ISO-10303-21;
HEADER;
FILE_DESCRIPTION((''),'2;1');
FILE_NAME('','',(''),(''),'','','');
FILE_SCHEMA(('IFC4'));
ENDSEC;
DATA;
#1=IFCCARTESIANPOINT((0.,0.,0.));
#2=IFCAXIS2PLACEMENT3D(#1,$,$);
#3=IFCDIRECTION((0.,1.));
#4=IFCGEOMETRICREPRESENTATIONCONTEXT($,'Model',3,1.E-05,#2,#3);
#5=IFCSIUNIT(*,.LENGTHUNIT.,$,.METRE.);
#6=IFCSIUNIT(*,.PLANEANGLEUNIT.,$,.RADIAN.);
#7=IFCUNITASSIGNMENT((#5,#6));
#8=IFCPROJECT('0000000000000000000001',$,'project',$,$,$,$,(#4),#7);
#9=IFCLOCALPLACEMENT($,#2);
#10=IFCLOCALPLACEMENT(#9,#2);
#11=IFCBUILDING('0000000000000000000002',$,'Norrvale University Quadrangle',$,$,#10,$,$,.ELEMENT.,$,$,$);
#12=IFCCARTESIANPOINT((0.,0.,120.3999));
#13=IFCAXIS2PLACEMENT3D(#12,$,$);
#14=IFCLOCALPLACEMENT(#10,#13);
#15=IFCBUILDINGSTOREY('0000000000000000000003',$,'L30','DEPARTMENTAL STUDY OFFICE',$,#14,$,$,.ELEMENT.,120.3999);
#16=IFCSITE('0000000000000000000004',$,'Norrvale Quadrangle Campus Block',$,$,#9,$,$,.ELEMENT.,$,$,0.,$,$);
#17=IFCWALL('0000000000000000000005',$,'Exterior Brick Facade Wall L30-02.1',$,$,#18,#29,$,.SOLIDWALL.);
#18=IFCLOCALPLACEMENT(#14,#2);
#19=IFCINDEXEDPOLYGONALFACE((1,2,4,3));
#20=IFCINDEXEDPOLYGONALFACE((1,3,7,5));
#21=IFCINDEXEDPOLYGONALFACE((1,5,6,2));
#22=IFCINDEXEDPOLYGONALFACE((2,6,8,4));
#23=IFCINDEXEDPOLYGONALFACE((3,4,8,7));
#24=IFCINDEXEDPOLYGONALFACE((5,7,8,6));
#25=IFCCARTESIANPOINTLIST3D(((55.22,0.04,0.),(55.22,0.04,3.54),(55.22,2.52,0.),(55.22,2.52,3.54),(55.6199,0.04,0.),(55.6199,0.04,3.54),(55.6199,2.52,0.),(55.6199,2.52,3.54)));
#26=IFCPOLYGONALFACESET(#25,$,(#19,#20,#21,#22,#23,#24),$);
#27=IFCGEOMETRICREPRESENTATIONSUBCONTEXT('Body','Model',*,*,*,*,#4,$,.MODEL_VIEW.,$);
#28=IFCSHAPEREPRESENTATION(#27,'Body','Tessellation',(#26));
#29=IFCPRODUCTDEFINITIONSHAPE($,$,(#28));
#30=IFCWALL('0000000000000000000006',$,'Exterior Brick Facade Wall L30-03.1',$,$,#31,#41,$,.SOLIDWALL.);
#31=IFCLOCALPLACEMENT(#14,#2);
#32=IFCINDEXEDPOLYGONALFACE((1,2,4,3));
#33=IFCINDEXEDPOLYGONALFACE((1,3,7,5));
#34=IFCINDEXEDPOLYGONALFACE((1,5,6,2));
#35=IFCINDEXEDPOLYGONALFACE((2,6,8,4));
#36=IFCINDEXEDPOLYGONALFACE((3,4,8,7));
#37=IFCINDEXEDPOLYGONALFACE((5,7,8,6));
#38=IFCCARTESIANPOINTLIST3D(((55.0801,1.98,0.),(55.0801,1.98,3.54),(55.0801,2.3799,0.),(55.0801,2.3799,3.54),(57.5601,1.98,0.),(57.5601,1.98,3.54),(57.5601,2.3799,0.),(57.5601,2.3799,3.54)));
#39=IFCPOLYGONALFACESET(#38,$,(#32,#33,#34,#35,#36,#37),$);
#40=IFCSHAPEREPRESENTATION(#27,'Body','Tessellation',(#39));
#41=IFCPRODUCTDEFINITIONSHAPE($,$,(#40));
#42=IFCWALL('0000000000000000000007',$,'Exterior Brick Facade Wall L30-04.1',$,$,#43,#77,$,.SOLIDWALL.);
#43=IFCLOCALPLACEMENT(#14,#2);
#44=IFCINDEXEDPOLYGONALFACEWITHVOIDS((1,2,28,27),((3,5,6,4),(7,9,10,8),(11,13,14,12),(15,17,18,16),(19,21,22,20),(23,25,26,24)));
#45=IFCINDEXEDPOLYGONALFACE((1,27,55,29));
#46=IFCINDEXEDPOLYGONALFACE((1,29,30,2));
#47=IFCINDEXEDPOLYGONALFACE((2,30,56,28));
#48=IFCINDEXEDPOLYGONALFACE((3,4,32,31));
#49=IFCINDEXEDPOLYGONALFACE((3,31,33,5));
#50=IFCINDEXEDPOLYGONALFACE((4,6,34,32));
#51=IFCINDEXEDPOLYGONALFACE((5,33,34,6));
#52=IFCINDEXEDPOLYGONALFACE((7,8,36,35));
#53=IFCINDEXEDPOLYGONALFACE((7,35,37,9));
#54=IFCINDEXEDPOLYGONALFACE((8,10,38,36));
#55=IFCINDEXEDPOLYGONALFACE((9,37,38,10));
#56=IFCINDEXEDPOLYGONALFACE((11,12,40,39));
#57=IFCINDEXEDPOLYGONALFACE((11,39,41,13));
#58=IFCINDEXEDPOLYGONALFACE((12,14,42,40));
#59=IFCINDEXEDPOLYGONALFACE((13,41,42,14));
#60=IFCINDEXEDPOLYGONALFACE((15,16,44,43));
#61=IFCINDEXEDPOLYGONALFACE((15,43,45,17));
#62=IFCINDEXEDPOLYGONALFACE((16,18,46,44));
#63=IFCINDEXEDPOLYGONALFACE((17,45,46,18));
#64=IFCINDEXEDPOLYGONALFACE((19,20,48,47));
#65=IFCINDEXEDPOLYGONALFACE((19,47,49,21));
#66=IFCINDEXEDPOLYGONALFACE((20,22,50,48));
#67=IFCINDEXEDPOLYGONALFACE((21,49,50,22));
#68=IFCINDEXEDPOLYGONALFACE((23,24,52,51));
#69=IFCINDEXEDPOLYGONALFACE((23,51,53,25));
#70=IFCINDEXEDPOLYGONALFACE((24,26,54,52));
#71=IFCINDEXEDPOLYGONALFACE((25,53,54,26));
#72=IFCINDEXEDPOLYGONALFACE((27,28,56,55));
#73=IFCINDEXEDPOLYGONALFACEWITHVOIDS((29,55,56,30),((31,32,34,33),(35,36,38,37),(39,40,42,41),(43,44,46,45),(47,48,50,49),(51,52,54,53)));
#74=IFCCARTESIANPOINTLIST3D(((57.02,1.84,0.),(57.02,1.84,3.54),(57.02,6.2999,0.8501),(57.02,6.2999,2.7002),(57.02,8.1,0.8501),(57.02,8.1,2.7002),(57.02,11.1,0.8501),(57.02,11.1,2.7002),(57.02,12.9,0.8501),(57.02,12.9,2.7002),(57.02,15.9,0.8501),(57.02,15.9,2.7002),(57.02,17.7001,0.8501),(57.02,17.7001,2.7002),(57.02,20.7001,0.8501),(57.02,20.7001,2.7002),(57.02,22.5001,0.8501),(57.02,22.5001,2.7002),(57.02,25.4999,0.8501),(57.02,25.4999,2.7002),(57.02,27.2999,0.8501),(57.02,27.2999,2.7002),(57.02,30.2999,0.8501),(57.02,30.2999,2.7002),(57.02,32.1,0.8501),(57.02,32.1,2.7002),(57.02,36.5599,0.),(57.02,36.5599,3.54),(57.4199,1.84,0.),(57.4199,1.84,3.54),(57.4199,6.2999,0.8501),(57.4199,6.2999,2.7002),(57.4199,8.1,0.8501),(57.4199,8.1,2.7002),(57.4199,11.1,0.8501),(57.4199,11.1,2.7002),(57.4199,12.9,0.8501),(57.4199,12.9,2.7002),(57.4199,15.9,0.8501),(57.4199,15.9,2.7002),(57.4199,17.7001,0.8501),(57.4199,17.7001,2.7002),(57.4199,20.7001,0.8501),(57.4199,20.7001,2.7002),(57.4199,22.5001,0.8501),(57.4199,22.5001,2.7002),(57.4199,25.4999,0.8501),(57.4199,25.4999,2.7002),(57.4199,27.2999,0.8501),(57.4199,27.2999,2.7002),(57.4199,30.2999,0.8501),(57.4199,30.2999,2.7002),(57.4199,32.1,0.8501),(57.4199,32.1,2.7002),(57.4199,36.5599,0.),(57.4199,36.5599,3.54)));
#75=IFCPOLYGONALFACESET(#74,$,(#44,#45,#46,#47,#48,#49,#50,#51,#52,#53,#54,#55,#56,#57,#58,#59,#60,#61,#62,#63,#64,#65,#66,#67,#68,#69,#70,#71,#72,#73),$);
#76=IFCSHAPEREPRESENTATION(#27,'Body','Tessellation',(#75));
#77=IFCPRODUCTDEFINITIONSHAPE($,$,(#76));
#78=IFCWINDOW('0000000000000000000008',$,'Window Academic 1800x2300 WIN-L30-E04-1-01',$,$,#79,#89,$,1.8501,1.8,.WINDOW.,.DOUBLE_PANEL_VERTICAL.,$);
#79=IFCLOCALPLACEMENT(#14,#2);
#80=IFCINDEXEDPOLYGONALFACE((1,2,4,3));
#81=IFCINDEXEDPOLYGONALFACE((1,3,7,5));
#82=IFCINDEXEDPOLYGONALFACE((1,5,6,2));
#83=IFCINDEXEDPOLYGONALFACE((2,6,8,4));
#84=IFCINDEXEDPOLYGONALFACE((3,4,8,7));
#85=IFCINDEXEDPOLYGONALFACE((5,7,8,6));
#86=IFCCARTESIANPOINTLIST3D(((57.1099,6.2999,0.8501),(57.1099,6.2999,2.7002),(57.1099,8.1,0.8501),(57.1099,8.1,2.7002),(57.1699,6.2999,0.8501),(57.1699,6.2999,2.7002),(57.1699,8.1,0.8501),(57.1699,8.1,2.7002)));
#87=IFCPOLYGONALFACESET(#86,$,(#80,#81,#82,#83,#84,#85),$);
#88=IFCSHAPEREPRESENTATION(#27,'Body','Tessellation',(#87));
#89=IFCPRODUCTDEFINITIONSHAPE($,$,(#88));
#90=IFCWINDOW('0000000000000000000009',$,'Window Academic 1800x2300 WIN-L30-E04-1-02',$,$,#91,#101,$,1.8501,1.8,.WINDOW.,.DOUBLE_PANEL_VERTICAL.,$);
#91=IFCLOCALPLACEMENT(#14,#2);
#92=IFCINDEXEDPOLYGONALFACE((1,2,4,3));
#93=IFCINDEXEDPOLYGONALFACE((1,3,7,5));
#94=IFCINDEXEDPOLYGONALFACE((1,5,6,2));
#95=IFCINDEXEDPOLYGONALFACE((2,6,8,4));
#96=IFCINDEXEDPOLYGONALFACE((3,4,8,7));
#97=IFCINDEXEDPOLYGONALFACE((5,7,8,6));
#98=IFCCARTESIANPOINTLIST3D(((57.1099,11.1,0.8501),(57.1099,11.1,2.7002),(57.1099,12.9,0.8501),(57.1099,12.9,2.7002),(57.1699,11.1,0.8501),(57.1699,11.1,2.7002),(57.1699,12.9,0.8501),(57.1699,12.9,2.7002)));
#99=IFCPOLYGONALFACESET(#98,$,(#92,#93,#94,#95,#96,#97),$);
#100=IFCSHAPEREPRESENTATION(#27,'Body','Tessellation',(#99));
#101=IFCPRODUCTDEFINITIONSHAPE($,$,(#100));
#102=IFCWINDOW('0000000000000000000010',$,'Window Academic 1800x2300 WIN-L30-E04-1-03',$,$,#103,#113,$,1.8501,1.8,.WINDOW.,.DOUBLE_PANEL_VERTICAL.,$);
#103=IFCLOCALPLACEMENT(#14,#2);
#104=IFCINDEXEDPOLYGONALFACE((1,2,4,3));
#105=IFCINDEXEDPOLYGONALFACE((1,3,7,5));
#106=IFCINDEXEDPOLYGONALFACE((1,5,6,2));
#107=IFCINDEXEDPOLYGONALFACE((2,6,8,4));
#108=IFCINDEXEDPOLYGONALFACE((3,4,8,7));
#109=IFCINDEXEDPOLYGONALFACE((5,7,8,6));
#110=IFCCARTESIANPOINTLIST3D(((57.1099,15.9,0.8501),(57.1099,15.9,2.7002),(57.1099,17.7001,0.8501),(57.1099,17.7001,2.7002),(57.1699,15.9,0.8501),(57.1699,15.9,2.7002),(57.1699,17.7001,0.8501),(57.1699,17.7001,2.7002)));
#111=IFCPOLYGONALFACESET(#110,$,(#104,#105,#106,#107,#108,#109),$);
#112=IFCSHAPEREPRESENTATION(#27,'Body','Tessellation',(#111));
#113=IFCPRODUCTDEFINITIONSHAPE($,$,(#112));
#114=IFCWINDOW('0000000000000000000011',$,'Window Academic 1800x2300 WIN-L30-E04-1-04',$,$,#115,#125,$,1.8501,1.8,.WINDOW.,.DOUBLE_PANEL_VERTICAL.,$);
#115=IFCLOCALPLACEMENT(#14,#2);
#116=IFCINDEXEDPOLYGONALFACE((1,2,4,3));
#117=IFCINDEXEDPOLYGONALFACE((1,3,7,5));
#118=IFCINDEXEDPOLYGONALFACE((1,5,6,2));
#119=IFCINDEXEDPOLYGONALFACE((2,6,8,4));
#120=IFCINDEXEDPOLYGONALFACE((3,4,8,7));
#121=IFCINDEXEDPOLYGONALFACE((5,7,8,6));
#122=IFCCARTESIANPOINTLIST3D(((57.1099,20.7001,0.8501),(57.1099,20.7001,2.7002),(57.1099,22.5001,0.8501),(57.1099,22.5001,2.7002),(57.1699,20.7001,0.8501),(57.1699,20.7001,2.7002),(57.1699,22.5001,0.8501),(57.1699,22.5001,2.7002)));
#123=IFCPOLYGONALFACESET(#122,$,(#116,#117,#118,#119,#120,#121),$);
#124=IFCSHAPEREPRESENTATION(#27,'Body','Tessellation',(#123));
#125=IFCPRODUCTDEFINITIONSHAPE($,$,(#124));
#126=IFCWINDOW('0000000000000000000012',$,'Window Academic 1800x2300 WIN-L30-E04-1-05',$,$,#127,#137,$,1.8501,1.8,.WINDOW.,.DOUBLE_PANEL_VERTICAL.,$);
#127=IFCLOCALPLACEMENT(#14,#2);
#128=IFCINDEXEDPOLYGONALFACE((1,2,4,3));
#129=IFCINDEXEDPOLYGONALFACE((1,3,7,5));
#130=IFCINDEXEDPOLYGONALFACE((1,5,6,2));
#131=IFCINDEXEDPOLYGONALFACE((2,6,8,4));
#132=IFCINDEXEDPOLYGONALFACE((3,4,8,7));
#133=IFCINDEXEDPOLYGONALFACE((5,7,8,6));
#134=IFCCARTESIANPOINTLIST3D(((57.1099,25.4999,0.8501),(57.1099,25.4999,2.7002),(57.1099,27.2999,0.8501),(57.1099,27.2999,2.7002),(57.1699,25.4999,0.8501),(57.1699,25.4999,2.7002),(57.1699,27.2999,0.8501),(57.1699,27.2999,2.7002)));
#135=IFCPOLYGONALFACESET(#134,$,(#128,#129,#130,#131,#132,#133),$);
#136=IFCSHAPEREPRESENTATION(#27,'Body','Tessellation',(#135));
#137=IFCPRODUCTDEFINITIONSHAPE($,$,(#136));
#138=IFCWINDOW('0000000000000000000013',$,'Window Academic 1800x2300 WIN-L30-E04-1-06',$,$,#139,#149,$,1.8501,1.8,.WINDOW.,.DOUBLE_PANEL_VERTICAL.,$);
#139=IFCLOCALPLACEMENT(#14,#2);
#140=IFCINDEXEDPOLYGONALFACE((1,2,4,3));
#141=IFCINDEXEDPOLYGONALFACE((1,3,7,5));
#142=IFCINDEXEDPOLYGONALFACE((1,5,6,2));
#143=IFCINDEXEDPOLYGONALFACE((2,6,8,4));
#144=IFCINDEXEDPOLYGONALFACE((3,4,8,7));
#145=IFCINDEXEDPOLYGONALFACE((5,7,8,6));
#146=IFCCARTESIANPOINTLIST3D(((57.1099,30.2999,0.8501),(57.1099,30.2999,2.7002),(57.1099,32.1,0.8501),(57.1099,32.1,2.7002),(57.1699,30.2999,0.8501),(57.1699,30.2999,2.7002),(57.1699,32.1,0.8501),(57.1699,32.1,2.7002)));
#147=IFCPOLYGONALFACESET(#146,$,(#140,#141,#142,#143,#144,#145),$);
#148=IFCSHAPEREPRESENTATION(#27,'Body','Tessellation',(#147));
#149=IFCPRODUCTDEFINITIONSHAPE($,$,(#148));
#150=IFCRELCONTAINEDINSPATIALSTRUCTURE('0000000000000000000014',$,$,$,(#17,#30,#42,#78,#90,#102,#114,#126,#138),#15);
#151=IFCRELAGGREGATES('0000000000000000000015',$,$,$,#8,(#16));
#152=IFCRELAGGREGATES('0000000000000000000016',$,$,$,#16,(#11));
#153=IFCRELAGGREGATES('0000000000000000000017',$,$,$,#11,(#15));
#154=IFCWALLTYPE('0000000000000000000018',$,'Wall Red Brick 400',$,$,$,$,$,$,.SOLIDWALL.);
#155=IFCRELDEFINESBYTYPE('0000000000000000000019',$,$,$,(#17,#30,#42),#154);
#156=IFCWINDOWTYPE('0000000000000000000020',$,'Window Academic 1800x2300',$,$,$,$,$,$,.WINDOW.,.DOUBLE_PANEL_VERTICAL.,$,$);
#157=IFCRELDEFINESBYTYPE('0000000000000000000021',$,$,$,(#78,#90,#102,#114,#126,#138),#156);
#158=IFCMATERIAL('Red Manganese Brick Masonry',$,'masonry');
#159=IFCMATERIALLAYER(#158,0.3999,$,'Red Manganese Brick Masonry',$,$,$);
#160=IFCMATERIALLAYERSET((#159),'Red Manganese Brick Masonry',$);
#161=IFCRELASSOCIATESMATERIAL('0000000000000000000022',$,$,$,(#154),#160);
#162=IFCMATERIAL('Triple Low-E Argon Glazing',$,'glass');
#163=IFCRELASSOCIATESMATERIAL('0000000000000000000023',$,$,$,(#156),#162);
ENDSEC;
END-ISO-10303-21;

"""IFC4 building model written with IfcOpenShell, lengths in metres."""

from ifc_helpers import new_model, si_unit, direction, frame, frame_2d, origin, place, context, subcontext, project, spatial, rectangle, extrude, material, layer, layer_set, type_object, element, fill, save


model = new_model("IFC4")

# Units and contexts
model_context = context("Model", 3, precision=1e-05, world=origin(), true_north=direction((0.0, 1.0)))
body_context = subcontext(model_context, "Body", "Model", "MODEL_VIEW")
ifc_project = project(units=[si_unit("LENGTHUNIT", "METRE"), si_unit("PLANEANGLEUNIT", "RADIAN")], contexts=[model_context])

# Site, building, storey
site_placement = place(None, origin())
site = spatial("IfcSite", under=ifc_project, at=site_placement, Name="Norrvale Quadrangle Campus Block", CompositionType="ELEMENT", RefElevation=0.0)
building_placement = place(site_placement, origin())
building = spatial("IfcBuilding", under=site, at=building_placement, Name="Norrvale University Quadrangle", CompositionType="ELEMENT")
storey_placement = place(building_placement, frame((0.0, 0.0, 120.3999)))
storey = spatial("IfcBuildingStorey", under=building, at=storey_placement, Name="L30", Description="DEPARTMENTAL STUDY OFFICE", CompositionType="ELEMENT", Elevation=120.3999)

# Walls
ifc_material_1 = material(Name="Red Manganese Brick Masonry", Category="masonry")
ifc_layer_1 = layer(ifc_material_1, 0.3999, Name="Red Manganese Brick Masonry")
ifc_layer_set_1 = layer_set([ifc_layer_1], Name="Red Manganese Brick Masonry")
wall_type_1 = type_object("IfcWallType", Name="Wall Red Brick 400", PredefinedType="SOLIDWALL", material=ifc_layer_set_1)
for number, where, z_axis, x_axis, name in (
    (1, (55.4199, 0.04, 0.0), (0.0, 0.0, 1.0), (0.0, 1.0, 0.0), "Exterior Brick Facade Wall L30-02.1"),
    (2, (55.0801, 2.1799, 0.0), (0.0, 0.0, 1.0), (1.0, 0.0, 0.0), "Exterior Brick Facade Wall L30-03.1"),
):
    element("IfcWall", number, at=place(storey_placement, frame(where, z_axis=z_axis, x_axis=x_axis)), inside=storey, type_object=wall_type_1, Name=name, PredefinedType="SOLIDWALL", context=body_context, shape_type="SweptSolid", body=[
        extrude(rectangle(XDim=2.48, YDim=0.3999, at=frame_2d((1.24, 0.0))), origin(), (0.0, 0.0, 1.0), 3.54),
    ])

# Wall, openings, windows
wall_1_placement = place(storey_placement, frame((57.22, 1.8401, 0.0), z_axis=(0.0, 0.0, 1.0), x_axis=(0.0, 1.0, 0.0)))
wall_1 = element("IfcWall", 3, at=wall_1_placement, inside=storey, type_object=wall_type_1, Name="Exterior Brick Facade Wall L30-04.1", PredefinedType="SOLIDWALL", context=body_context, shape_type="SweptSolid", body=[
    extrude(rectangle(XDim=34.72, YDim=0.3999, at=frame_2d((17.3599, 0.0))), origin(), (0.0, 0.0, 1.0), 3.54),
])
opening_1_placement = place(wall_1_placement, frame((4.46, 0.0, 0.8501)))
opening_1 = element("IfcOpeningElement", 4, at=opening_1_placement, cuts=wall_1, PredefinedType="OPENING", context=body_context, shape_type="SweptSolid", body=[
    extrude(rectangle(XDim=1.8, YDim=1.8501, at=frame_2d((0.8999, 0.925))), frame((0.0, 0.2119, 0.0), z_axis=(0.0, -1.0, 0.0), x_axis=(1.0, 0.0, 0.0)), (0.0, 0.0, 1.0), 0.4238),
])
opening_2_placement = place(wall_1_placement, frame((9.26, 0.0, 0.8501)))
opening_2 = element("IfcOpeningElement", 5, at=opening_2_placement, cuts=wall_1, PredefinedType="OPENING", context=body_context, shape_type="SweptSolid", body=[
    extrude(rectangle(XDim=1.8, YDim=1.8501, at=frame_2d((0.8999, 0.925))), frame((0.0, 0.2119, 0.0), z_axis=(0.0, -1.0, 0.0), x_axis=(1.0, 0.0, 0.0)), (0.0, 0.0, 1.0), 0.4238),
])
opening_3_placement = place(wall_1_placement, frame((14.0601, 0.0, 0.8501)))
opening_3 = element("IfcOpeningElement", 6, at=opening_3_placement, cuts=wall_1, PredefinedType="OPENING", context=body_context, shape_type="SweptSolid", body=[
    extrude(rectangle(XDim=1.8, YDim=1.8501, at=frame_2d((0.8999, 0.925))), frame((0.0, 0.2119, 0.0), z_axis=(0.0, -1.0, 0.0), x_axis=(1.0, 0.0, 0.0)), (0.0, 0.0, 1.0), 0.4238),
])
opening_4_placement = place(wall_1_placement, frame((18.8601, 0.0, 0.8501)))
opening_4 = element("IfcOpeningElement", 7, at=opening_4_placement, cuts=wall_1, PredefinedType="OPENING", context=body_context, shape_type="SweptSolid", body=[
    extrude(rectangle(XDim=1.8, YDim=1.8501, at=frame_2d((0.8999, 0.925))), frame((0.0, 0.2119, 0.0), z_axis=(0.0, -1.0, 0.0), x_axis=(1.0, 0.0, 0.0)), (0.0, 0.0, 1.0), 0.4238),
])
opening_5_placement = place(wall_1_placement, frame((23.6599, 0.0, 0.8501)))
opening_5 = element("IfcOpeningElement", 8, at=opening_5_placement, cuts=wall_1, PredefinedType="OPENING", context=body_context, shape_type="SweptSolid", body=[
    extrude(rectangle(XDim=1.8, YDim=1.8501, at=frame_2d((0.8999, 0.925))), frame((0.0, 0.2119, 0.0), z_axis=(0.0, -1.0, 0.0), x_axis=(1.0, 0.0, 0.0)), (0.0, 0.0, 1.0), 0.4238),
])
opening_6_placement = place(wall_1_placement, frame((28.46, 0.0, 0.8501)))
opening_6 = element("IfcOpeningElement", 9, at=opening_6_placement, cuts=wall_1, PredefinedType="OPENING", context=body_context, shape_type="SweptSolid", body=[
    extrude(rectangle(XDim=1.8, YDim=1.8501, at=frame_2d((0.8999, 0.925))), frame((0.0, 0.2119, 0.0), z_axis=(0.0, -1.0, 0.0), x_axis=(1.0, 0.0, 0.0)), (0.0, 0.0, 1.0), 0.4238),
])
ifc_material_2 = material(Name="Triple Low-E Argon Glazing", Category="glass")
window_type = type_object("IfcWindowType", Name="Window Academic 1800x2300", PartitioningType="DOUBLE_PANEL_VERTICAL", PredefinedType="WINDOW", material=ifc_material_2)
window_1_placement = place(opening_1_placement, origin())
window_1 = element("IfcWindow", 10, at=window_1_placement, inside=storey, type_object=window_type, Name="Window Academic 1800x2300 WIN-L30-E04-1-01", OverallHeight=1.8501, OverallWidth=1.8, PartitioningType="DOUBLE_PANEL_VERTICAL", PredefinedType="WINDOW", context=body_context, shape_type="SweptSolid", body=[
    extrude(rectangle(XDim=1.8, YDim=1.8501, at=frame_2d((0.8999, 0.925))), frame((0.0, 0.1101, 0.0), z_axis=(0.0, -1.0, 0.0), x_axis=(1.0, 0.0, 0.0)), (0.0, 0.0, 1.0), 0.0601),
])
fill(opening_1, window_1)
window_2_placement = place(opening_2_placement, origin())
window_2 = element("IfcWindow", 11, at=window_2_placement, inside=storey, type_object=window_type, Name="Window Academic 1800x2300 WIN-L30-E04-1-02", OverallHeight=1.8501, OverallWidth=1.8, PartitioningType="DOUBLE_PANEL_VERTICAL", PredefinedType="WINDOW", context=body_context, shape_type="SweptSolid", body=[
    extrude(rectangle(XDim=1.8, YDim=1.8501, at=frame_2d((0.8999, 0.925))), frame((0.0, 0.1101, 0.0), z_axis=(0.0, -1.0, 0.0), x_axis=(1.0, 0.0, 0.0)), (0.0, 0.0, 1.0), 0.0601),
])
fill(opening_2, window_2)
window_3_placement = place(opening_3_placement, origin())
window_3 = element("IfcWindow", 12, at=window_3_placement, inside=storey, type_object=window_type, Name="Window Academic 1800x2300 WIN-L30-E04-1-03", OverallHeight=1.8501, OverallWidth=1.8, PartitioningType="DOUBLE_PANEL_VERTICAL", PredefinedType="WINDOW", context=body_context, shape_type="SweptSolid", body=[
    extrude(rectangle(XDim=1.8, YDim=1.8501, at=frame_2d((0.8999, 0.925))), frame((0.0, 0.1101, 0.0), z_axis=(0.0, -1.0, 0.0), x_axis=(1.0, 0.0, 0.0)), (0.0, 0.0, 1.0), 0.0601),
])
fill(opening_3, window_3)
window_4_placement = place(opening_4_placement, origin())
window_4 = element("IfcWindow", 13, at=window_4_placement, inside=storey, type_object=window_type, Name="Window Academic 1800x2300 WIN-L30-E04-1-04", OverallHeight=1.8501, OverallWidth=1.8, PartitioningType="DOUBLE_PANEL_VERTICAL", PredefinedType="WINDOW", context=body_context, shape_type="SweptSolid", body=[
    extrude(rectangle(XDim=1.8, YDim=1.8501, at=frame_2d((0.8999, 0.925))), frame((0.0, 0.1101, 0.0), z_axis=(0.0, -1.0, 0.0), x_axis=(1.0, 0.0, 0.0)), (0.0, 0.0, 1.0), 0.0601),
])
fill(opening_4, window_4)
window_5_placement = place(opening_5_placement, origin())
window_5 = element("IfcWindow", 14, at=window_5_placement, inside=storey, type_object=window_type, Name="Window Academic 1800x2300 WIN-L30-E04-1-05", OverallHeight=1.8501, OverallWidth=1.8, PartitioningType="DOUBLE_PANEL_VERTICAL", PredefinedType="WINDOW", context=body_context, shape_type="SweptSolid", body=[
    extrude(rectangle(XDim=1.8, YDim=1.8501, at=frame_2d((0.8999, 0.925))), frame((0.0, 0.1101, 0.0), z_axis=(0.0, -1.0, 0.0), x_axis=(1.0, 0.0, 0.0)), (0.0, 0.0, 1.0), 0.0601),
])
fill(opening_5, window_5)
window_6_placement = place(opening_6_placement, origin())
window_6 = element("IfcWindow", 15, at=window_6_placement, inside=storey, type_object=window_type, Name="Window Academic 1800x2300 WIN-L30-E04-1-06", OverallHeight=1.8501, OverallWidth=1.8, PartitioningType="DOUBLE_PANEL_VERTICAL", PredefinedType="WINDOW", context=body_context, shape_type="SweptSolid", body=[
    extrude(rectangle(XDim=1.8, YDim=1.8501, at=frame_2d((0.8999, 0.925))), frame((0.0, 0.1101, 0.0), z_axis=(0.0, -1.0, 0.0), x_axis=(1.0, 0.0, 0.0)), (0.0, 0.0, 1.0), 0.0601),
])
fill(opening_6, window_6)

save(model, "model.ifc")
